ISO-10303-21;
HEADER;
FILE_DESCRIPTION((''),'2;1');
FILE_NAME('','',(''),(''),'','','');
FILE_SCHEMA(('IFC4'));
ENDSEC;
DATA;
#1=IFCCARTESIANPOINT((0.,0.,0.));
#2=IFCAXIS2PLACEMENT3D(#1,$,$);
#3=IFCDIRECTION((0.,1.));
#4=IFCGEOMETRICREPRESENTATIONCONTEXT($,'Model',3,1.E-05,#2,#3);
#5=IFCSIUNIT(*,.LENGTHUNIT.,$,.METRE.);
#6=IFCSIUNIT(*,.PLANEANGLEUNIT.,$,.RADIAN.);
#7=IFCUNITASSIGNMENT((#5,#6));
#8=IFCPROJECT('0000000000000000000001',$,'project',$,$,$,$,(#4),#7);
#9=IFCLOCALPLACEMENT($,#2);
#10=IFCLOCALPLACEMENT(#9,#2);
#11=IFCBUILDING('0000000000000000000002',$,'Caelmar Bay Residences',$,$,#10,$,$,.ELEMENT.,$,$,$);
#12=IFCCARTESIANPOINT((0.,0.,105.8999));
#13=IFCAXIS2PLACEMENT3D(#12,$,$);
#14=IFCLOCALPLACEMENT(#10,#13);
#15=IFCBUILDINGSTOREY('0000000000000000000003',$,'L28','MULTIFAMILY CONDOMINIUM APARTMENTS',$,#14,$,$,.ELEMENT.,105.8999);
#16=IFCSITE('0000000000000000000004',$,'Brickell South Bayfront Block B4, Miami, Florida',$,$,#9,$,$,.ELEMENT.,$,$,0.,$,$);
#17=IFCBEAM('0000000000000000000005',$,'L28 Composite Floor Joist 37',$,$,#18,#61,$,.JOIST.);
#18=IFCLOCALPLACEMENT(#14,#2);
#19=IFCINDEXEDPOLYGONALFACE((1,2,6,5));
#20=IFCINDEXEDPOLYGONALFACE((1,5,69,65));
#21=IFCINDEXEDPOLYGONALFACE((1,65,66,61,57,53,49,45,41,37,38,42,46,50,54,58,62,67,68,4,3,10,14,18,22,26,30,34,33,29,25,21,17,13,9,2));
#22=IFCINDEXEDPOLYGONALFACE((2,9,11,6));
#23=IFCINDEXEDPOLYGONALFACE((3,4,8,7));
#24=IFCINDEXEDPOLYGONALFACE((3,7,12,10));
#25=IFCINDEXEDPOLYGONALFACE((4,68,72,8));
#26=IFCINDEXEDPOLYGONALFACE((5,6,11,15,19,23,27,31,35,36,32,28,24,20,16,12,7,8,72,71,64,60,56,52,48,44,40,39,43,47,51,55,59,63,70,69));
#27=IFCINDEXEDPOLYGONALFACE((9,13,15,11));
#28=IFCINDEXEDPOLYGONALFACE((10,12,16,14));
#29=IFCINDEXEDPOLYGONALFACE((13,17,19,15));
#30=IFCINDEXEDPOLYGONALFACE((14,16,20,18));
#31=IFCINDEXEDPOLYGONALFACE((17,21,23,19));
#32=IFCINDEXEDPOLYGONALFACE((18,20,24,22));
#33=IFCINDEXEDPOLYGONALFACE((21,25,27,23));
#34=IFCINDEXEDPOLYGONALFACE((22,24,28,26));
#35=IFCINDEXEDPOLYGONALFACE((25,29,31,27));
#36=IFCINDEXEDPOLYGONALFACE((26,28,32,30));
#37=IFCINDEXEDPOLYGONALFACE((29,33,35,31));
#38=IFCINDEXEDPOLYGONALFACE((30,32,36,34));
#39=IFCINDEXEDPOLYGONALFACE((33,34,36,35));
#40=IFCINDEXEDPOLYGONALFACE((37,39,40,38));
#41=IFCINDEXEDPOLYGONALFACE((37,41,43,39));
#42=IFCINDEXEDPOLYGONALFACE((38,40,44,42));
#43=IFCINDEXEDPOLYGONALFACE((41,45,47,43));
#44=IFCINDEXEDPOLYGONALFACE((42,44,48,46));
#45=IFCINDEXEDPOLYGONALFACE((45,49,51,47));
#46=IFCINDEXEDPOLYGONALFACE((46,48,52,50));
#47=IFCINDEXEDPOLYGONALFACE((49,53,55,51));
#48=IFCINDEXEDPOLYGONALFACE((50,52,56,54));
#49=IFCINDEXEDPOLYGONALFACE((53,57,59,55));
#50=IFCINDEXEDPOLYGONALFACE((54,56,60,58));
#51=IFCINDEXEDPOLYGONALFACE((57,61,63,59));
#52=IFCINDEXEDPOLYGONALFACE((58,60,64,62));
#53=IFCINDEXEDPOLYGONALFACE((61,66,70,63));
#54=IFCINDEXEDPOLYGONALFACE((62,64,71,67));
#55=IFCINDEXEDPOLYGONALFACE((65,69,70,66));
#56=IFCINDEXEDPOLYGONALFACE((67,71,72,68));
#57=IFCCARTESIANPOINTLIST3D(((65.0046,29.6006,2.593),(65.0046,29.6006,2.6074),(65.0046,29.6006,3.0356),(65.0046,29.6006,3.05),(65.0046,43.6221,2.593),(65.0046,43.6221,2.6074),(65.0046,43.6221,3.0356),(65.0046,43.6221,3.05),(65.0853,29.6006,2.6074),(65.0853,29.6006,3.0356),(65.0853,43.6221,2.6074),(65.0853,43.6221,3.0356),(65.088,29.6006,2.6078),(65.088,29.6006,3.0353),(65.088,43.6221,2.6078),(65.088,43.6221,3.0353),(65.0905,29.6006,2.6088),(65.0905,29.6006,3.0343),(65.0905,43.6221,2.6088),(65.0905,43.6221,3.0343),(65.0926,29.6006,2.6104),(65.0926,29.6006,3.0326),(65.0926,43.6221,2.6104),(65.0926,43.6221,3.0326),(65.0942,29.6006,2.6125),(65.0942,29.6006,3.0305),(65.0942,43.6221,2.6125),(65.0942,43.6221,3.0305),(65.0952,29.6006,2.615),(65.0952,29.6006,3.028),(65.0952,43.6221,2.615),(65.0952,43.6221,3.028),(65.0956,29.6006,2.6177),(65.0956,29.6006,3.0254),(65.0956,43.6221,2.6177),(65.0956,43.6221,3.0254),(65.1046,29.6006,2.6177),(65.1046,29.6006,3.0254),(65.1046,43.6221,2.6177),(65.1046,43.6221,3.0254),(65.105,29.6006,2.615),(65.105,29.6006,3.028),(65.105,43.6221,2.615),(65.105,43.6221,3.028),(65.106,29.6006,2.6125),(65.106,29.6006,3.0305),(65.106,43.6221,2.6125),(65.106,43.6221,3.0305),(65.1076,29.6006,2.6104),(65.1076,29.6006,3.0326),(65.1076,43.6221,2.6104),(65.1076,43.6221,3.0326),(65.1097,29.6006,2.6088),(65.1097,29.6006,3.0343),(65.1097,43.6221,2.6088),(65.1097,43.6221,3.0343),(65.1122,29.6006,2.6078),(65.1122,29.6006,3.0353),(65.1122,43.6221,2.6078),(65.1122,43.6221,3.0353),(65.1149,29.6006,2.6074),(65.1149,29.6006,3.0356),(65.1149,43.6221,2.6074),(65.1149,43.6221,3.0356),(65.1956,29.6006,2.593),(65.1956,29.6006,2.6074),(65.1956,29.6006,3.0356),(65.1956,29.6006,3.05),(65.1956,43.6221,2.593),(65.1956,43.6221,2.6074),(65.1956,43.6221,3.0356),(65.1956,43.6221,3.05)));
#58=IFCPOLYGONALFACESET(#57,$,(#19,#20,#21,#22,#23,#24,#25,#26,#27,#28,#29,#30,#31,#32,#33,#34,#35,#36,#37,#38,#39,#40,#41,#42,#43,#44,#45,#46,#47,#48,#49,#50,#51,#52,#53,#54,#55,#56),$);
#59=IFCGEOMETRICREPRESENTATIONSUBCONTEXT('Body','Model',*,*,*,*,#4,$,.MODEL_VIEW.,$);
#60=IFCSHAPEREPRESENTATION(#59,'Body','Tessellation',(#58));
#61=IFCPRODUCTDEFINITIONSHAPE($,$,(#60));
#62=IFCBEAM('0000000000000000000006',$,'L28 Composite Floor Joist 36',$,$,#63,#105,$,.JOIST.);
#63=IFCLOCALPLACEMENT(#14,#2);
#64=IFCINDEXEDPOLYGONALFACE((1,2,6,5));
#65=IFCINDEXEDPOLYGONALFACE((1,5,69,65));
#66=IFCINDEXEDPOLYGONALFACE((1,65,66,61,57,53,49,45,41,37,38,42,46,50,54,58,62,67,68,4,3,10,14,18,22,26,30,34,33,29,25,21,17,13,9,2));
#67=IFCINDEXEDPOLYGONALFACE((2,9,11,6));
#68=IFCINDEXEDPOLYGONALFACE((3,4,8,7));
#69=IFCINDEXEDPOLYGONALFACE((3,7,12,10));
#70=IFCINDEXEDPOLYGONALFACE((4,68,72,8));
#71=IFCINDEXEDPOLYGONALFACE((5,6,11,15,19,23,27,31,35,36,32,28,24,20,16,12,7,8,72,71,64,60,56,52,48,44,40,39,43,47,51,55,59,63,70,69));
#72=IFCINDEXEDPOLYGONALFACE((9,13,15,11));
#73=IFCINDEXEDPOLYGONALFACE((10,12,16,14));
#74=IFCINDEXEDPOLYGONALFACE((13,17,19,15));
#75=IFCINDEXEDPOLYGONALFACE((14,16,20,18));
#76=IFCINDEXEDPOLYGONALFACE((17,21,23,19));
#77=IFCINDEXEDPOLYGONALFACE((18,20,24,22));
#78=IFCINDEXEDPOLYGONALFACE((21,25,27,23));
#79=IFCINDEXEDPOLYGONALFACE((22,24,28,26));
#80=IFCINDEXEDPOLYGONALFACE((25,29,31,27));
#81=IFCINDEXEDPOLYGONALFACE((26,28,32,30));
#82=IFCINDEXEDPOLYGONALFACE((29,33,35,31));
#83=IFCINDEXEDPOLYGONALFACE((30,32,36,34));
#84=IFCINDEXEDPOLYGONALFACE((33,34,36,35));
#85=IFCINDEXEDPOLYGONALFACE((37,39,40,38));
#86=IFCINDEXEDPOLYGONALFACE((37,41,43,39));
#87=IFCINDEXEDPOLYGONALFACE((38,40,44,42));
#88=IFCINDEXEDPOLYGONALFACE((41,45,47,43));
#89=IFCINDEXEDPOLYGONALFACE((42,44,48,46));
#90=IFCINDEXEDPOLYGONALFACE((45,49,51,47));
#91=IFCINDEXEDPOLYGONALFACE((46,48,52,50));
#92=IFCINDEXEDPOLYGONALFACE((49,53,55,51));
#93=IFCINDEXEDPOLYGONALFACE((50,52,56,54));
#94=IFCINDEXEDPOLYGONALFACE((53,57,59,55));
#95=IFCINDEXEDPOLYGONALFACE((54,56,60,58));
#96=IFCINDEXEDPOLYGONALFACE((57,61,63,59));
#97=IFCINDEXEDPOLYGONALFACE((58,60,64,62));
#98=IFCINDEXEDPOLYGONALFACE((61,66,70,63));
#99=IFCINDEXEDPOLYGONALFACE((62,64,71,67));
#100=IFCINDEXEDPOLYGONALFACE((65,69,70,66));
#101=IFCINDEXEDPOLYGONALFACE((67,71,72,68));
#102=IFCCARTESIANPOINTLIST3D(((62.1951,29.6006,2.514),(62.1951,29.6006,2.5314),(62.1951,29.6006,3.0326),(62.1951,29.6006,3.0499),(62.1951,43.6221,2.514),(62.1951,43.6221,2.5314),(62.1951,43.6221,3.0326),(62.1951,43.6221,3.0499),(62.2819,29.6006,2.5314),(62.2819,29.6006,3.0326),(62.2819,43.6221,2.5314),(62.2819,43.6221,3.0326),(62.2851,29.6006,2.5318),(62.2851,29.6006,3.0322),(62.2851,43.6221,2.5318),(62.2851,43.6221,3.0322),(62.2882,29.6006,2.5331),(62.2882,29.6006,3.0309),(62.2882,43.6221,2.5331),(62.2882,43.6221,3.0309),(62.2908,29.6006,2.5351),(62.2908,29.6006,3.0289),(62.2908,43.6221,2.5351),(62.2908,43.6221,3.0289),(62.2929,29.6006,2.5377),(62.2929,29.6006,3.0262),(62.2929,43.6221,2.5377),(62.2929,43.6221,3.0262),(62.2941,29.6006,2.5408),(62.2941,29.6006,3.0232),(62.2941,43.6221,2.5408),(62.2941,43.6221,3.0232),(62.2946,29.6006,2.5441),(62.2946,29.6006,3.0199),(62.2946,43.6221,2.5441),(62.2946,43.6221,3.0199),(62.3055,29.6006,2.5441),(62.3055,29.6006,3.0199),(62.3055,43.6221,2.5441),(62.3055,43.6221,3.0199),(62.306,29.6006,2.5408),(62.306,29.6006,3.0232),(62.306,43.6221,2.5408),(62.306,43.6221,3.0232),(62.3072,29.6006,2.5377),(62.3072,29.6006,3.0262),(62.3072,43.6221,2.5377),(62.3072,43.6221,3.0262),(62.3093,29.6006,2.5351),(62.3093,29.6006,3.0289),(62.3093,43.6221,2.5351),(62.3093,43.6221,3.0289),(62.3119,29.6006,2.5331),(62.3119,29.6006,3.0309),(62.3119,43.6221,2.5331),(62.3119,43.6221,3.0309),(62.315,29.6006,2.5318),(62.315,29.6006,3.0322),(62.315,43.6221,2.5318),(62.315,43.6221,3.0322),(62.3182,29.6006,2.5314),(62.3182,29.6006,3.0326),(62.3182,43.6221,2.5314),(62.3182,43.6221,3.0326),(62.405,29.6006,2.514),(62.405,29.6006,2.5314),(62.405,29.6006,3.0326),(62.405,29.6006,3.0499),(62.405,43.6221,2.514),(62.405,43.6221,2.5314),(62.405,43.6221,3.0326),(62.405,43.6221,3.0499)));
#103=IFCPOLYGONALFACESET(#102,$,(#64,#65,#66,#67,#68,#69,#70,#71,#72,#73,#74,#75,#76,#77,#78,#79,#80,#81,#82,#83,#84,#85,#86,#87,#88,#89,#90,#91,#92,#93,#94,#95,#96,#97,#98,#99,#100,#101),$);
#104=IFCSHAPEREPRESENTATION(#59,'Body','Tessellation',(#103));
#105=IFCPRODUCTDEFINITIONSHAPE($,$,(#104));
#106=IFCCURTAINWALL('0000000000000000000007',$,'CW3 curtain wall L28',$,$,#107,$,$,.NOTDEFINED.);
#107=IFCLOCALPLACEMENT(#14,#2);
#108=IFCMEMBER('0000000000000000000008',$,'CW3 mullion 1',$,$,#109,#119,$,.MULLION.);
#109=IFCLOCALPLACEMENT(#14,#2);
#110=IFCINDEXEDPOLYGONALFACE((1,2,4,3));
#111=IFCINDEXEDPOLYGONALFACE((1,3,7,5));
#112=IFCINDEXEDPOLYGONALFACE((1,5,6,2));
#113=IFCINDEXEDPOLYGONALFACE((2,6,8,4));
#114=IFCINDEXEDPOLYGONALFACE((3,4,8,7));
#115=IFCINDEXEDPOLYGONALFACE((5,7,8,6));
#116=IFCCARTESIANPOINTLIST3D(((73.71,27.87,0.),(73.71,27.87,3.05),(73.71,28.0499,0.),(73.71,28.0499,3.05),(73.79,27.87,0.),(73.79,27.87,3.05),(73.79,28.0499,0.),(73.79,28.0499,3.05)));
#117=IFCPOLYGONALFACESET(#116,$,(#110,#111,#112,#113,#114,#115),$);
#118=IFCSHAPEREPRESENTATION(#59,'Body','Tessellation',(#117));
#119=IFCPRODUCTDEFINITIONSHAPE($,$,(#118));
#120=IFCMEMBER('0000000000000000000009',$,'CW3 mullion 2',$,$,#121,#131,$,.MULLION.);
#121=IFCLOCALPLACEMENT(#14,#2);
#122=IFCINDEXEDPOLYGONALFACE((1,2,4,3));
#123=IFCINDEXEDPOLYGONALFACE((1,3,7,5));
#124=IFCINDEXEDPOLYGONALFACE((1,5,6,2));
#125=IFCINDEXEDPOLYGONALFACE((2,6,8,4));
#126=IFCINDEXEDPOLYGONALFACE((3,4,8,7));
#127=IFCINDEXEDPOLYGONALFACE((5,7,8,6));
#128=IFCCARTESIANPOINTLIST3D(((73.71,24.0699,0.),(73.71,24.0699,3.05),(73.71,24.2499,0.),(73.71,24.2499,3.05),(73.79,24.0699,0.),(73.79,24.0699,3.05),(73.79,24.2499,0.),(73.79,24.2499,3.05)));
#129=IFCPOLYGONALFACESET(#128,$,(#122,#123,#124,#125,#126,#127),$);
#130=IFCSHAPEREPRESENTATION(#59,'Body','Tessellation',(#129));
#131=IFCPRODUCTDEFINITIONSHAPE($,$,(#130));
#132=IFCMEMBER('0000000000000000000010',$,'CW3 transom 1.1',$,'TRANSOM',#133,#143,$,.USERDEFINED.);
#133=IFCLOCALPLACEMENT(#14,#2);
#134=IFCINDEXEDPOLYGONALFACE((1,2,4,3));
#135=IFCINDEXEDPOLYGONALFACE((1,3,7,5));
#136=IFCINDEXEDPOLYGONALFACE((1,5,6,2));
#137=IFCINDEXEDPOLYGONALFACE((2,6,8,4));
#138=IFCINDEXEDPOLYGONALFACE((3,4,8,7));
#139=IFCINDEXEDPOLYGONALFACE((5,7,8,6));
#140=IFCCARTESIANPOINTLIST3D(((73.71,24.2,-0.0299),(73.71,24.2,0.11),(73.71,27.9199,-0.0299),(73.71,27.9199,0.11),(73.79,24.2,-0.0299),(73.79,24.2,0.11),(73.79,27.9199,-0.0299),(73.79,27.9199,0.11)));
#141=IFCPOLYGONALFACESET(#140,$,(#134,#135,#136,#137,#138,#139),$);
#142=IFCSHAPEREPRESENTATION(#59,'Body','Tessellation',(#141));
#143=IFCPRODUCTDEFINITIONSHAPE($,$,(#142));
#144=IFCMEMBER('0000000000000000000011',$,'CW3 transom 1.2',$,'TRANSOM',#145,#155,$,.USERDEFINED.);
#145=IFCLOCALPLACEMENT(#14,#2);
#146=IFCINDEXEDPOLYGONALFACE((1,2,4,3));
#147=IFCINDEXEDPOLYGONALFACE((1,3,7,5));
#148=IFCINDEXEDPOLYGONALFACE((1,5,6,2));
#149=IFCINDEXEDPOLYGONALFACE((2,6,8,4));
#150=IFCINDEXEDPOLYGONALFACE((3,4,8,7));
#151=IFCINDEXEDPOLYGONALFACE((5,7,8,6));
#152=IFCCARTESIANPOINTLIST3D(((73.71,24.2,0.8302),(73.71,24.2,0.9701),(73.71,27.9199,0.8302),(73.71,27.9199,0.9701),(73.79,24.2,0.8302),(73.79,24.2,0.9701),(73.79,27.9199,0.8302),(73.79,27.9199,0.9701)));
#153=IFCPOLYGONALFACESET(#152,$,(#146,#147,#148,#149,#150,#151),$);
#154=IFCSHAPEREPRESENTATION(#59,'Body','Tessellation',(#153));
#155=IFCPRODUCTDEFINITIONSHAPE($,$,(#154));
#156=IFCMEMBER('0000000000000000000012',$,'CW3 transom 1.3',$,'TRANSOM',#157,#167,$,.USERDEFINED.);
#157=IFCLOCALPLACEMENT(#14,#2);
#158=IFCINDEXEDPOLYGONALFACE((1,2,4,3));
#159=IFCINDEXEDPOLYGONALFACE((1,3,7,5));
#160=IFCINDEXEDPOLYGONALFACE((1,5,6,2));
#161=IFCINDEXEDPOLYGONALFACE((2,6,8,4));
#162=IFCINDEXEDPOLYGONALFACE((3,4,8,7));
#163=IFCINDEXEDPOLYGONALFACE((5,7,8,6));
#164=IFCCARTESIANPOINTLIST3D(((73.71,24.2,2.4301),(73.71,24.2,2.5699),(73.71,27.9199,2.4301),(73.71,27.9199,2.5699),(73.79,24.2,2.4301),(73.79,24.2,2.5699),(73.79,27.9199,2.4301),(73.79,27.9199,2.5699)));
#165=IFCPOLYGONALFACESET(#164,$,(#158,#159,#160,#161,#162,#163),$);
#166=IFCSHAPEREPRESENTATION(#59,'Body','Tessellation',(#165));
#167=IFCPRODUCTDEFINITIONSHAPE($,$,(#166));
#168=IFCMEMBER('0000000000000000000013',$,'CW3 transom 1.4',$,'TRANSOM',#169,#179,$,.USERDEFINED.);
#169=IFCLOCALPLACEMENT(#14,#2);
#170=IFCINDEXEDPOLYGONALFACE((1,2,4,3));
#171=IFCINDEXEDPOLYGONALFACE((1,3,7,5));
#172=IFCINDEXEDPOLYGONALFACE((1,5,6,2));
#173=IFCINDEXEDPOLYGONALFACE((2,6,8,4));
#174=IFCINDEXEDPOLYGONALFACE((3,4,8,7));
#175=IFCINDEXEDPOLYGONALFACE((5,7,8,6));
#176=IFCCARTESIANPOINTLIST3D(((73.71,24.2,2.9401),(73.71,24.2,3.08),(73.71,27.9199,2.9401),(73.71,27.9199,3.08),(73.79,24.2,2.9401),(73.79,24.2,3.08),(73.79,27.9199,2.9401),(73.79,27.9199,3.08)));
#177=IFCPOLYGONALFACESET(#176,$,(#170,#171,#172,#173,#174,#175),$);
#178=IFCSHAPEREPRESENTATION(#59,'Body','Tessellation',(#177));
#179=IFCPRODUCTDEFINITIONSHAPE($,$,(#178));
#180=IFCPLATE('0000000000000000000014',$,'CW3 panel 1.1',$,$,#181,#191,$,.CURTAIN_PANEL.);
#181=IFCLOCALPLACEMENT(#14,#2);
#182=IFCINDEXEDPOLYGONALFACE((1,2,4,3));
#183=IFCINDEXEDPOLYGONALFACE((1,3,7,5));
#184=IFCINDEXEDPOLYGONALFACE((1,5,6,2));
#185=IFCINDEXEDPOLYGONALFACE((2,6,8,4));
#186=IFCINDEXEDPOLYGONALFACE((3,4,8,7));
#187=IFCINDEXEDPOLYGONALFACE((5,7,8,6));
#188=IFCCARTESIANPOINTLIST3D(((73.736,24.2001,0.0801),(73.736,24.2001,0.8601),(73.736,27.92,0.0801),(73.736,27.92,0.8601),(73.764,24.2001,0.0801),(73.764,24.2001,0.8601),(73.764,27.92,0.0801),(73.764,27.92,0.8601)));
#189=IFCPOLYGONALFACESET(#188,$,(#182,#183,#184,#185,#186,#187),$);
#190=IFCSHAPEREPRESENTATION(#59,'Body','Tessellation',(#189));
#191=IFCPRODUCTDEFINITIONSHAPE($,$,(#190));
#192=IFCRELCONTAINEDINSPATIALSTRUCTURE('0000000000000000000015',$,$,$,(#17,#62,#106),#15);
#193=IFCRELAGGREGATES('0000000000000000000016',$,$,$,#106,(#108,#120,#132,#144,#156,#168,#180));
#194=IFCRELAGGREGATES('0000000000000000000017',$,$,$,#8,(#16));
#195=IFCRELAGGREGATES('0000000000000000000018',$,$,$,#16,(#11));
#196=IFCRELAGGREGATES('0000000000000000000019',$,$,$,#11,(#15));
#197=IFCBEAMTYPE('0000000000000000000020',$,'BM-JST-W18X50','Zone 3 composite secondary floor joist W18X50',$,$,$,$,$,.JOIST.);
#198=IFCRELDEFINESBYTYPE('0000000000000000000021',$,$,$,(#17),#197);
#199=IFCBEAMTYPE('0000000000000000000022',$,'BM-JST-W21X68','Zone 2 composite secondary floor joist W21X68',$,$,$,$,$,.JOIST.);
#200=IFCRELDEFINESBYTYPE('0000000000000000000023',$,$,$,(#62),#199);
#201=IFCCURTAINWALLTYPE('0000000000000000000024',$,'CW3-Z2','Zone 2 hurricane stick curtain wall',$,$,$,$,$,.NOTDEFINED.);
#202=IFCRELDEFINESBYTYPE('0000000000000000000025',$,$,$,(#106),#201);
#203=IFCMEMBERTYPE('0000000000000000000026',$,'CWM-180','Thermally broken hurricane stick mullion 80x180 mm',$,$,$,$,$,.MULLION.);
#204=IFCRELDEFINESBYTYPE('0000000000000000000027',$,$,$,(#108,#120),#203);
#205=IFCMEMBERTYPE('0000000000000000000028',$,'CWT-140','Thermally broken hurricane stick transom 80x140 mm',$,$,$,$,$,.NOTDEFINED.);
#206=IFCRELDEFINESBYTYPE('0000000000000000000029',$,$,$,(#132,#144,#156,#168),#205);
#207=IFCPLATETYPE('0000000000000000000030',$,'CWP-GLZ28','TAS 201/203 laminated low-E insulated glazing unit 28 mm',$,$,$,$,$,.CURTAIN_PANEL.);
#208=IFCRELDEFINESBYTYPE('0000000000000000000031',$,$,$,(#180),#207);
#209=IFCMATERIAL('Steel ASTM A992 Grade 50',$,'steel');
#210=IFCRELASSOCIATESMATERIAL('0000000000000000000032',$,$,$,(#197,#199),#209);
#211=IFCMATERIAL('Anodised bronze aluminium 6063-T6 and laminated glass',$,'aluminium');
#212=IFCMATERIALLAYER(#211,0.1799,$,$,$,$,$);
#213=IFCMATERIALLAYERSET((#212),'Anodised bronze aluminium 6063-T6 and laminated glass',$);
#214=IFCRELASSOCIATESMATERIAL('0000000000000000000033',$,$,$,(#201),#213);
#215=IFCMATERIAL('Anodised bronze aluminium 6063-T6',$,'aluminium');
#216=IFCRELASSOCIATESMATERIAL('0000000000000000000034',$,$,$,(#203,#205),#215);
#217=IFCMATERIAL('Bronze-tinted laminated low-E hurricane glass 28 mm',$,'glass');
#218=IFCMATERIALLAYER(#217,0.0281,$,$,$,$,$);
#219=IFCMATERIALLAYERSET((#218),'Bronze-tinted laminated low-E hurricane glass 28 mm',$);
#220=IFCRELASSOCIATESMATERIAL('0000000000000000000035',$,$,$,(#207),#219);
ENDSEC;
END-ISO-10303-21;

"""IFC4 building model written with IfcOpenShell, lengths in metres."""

from ifc_helpers import new_model, si_unit, direction, frame, origin, origin_2d, place, context, subcontext, project, spatial, rectangle, i_section, extrude, material, layer, layer_set, material_profile, profile_set, type_object, element, aggregate, save


model = new_model("IFC4")

# Units and contexts
model_context = context("Model", 3, precision=1e-05, world=origin(), true_north=direction((0.0, 1.0)))
body_context = subcontext(model_context, "Body", "Model", "MODEL_VIEW")
ifc_project = project(units=[si_unit("LENGTHUNIT", "METRE"), si_unit("PLANEANGLEUNIT", "RADIAN")], contexts=[model_context])

# Site, building, storey
site_placement = place(None, origin())
site = spatial("IfcSite", under=ifc_project, at=site_placement, Name="Brickell South Bayfront Block B4, Miami, Florida", CompositionType="ELEMENT", RefElevation=0.0)
building_placement = place(site_placement, origin())
building = spatial("IfcBuilding", under=site, at=building_placement, Name="Caelmar Bay Residences", CompositionType="ELEMENT")
storey_placement = place(building_placement, frame((0.0, 0.0, 105.8999)))
storey = spatial("IfcBuildingStorey", under=building, at=storey_placement, Name="L28", Description="MULTIFAMILY CONDOMINIUM APARTMENTS", CompositionType="ELEMENT", Elevation=105.8999)

# Beams
ifc_material_1 = material(Name="Steel ASTM A992 Grade 50", Category="steel")
ifc_material_profile_1 = material_profile(ifc_material_1, i_section(OverallWidth=0.1909, OverallDepth=0.457, WebThickness=0.009, FlangeThickness=0.0144, FilletRadius=0.0103, at=origin_2d()), Name="W18X50")
ifc_profile_set_1 = profile_set([ifc_material_profile_1], Name="Steel ASTM A992 Grade 50")
beam_type_1 = type_object("IfcBeamType", Name="BM-JST-W18X50", Description="Zone 3 composite secondary floor joist W18X50", PredefinedType="JOIST", material=ifc_profile_set_1)
beam_1_placement = place(storey_placement, frame((65.1001, 29.6006, 2.8215), z_axis=(0.0, 1.0, 0.0), x_axis=(-1.0, 0.0, 0.0)))
element("IfcBeam", 1, at=beam_1_placement, inside=storey, type_object=beam_type_1, Name="L28 Composite Floor Joist 37", PredefinedType="JOIST", context=body_context, shape_type="SweptSolid", body=[
    extrude(i_section(OverallWidth=0.1909, OverallDepth=0.457, WebThickness=0.009, FlangeThickness=0.0144, FilletRadius=0.0103, at=origin_2d()), origin(), (0.0, 0.0, 1.0), 14.0215),
])
ifc_material_profile_2 = material_profile(ifc_material_1, i_section(OverallWidth=0.21, OverallDepth=0.5359, WebThickness=0.011, FlangeThickness=0.0173, FilletRadius=0.0127, at=origin_2d()), Name="W21X68")
ifc_profile_set_2 = profile_set([ifc_material_profile_2], Name="Steel ASTM A992 Grade 50")
beam_type_2 = type_object("IfcBeamType", Name="BM-JST-W21X68", Description="Zone 2 composite secondary floor joist W21X68", PredefinedType="JOIST", material=ifc_profile_set_2)
beam_2_placement = place(storey_placement, frame((62.3, 29.6006, 2.782), z_axis=(0.0, 1.0, 0.0), x_axis=(-1.0, 0.0, 0.0)))
element("IfcBeam", 2, at=beam_2_placement, inside=storey, type_object=beam_type_2, Name="L28 Composite Floor Joist 36", PredefinedType="JOIST", context=body_context, shape_type="SweptSolid", body=[
    extrude(i_section(OverallWidth=0.21, OverallDepth=0.5359, WebThickness=0.011, FlangeThickness=0.0173, FilletRadius=0.0127, at=origin_2d()), origin(), (0.0, 0.0, 1.0), 14.0215),
])

# Curtain wall, members, plate
ifc_material_2 = material(Name="Anodised bronze aluminium 6063-T6 and laminated glass", Category="aluminium")
ifc_layer_1 = layer(ifc_material_2, 0.1799)
ifc_layer_set_1 = layer_set([ifc_layer_1], Name="Anodised bronze aluminium 6063-T6 and laminated glass")
curtain_wall_type = type_object("IfcCurtainWallType", Name="CW3-Z2", Description="Zone 2 hurricane stick curtain wall", PredefinedType="NOTDEFINED", material=ifc_layer_set_1)
curtain_wall_placement = place(storey_placement, origin())
curtain_wall = element("IfcCurtainWall", 3, at=curtain_wall_placement, inside=storey, type_object=curtain_wall_type, Name="CW3 curtain wall L28", PredefinedType="NOTDEFINED")
ifc_material_3 = material(Name="Anodised bronze aluminium 6063-T6", Category="aluminium")
ifc_material_profile_3 = material_profile(ifc_material_3, rectangle(XDim=0.0801, YDim=0.1799, at=origin_2d()), Name="CWM-80X180")
ifc_profile_set_3 = profile_set([ifc_material_profile_3], Name="Anodised bronze aluminium 6063-T6")
member_type_1 = type_object("IfcMemberType", Name="CWM-180", Description="Thermally broken hurricane stick mullion 80x180 mm", PredefinedType="MULLION", material=ifc_profile_set_3)
member_1_placement = place(storey_placement, frame((73.75, 27.96, 0.0), z_axis=(0.0, 0.0, 1.0), x_axis=(1.0, 0.0, 0.0)))
member_1 = element("IfcMember", 4, at=member_1_placement, type_object=member_type_1, Name="CW3 mullion 1", PredefinedType="MULLION", context=body_context, shape_type="SweptSolid", body=[
    extrude(rectangle(XDim=0.0801, YDim=0.1799, at=origin_2d()), origin(), (0.0, 0.0, 1.0), 3.05),
])
member_2_placement = place(storey_placement, frame((73.75, 24.1599, 0.0), z_axis=(0.0, 0.0, 1.0), x_axis=(1.0, 0.0, 0.0)))
member_2 = element("IfcMember", 5, at=member_2_placement, type_object=member_type_1, Name="CW3 mullion 2", PredefinedType="MULLION", context=body_context, shape_type="SweptSolid", body=[
    extrude(rectangle(XDim=0.0801, YDim=0.1799, at=origin_2d()), origin(), (0.0, 0.0, 1.0), 3.05),
])
ifc_material_profile_4 = material_profile(ifc_material_3, rectangle(XDim=0.0801, YDim=0.1399, at=origin_2d()), Name="CWT-80X140")
ifc_profile_set_4 = profile_set([ifc_material_profile_4], Name="Anodised bronze aluminium 6063-T6")
member_type_2 = type_object("IfcMemberType", Name="CWT-140", Description="Thermally broken hurricane stick transom 80x140 mm", PredefinedType="NOTDEFINED", material=ifc_profile_set_4)
member_3_placement = place(storey_placement, frame((73.75, 27.9199, 0.04), z_axis=(0.0, -1.0, 0.0), x_axis=(1.0, 0.0, 0.0)))
member_3 = element("IfcMember", 6, at=member_3_placement, type_object=member_type_2, Name="CW3 transom 1.1", ObjectType="TRANSOM", PredefinedType="USERDEFINED", context=body_context, shape_type="SweptSolid", body=[
    extrude(rectangle(XDim=0.0801, YDim=0.1399, at=origin_2d()), origin(), (0.0, 0.0, 1.0), 3.72),
])
member_4_placement = place(storey_placement, frame((73.75, 27.9199, 0.9001), z_axis=(0.0, -1.0, 0.0), x_axis=(1.0, 0.0, 0.0)))
member_4 = element("IfcMember", 7, at=member_4_placement, type_object=member_type_2, Name="CW3 transom 1.2", ObjectType="TRANSOM", PredefinedType="USERDEFINED", context=body_context, shape_type="SweptSolid", body=[
    extrude(rectangle(XDim=0.0801, YDim=0.1399, at=origin_2d()), origin(), (0.0, 0.0, 1.0), 3.72),
])
member_5_placement = place(storey_placement, frame((73.75, 27.9199, 2.5), z_axis=(0.0, -1.0, 0.0), x_axis=(1.0, 0.0, 0.0)))
member_5 = element("IfcMember", 8, at=member_5_placement, type_object=member_type_2, Name="CW3 transom 1.3", ObjectType="TRANSOM", PredefinedType="USERDEFINED", context=body_context, shape_type="SweptSolid", body=[
    extrude(rectangle(XDim=0.0801, YDim=0.1399, at=origin_2d()), origin(), (0.0, 0.0, 1.0), 3.72),
])
member_6_placement = place(storey_placement, frame((73.75, 27.9199, 3.01), z_axis=(0.0, -1.0, 0.0), x_axis=(1.0, 0.0, 0.0)))
member_6 = element("IfcMember", 9, at=member_6_placement, type_object=member_type_2, Name="CW3 transom 1.4", ObjectType="TRANSOM", PredefinedType="USERDEFINED", context=body_context, shape_type="SweptSolid", body=[
    extrude(rectangle(XDim=0.0801, YDim=0.1399, at=origin_2d()), origin(), (0.0, 0.0, 1.0), 3.72),
])
ifc_material_4 = material(Name="Bronze-tinted laminated low-E hurricane glass 28 mm", Category="glass")
ifc_layer_2 = layer(ifc_material_4, 0.0281)
ifc_layer_set_2 = layer_set([ifc_layer_2], Name="Bronze-tinted laminated low-E hurricane glass 28 mm")
plate_type = type_object("IfcPlateType", Name="CWP-GLZ28", Description="TAS 201/203 laminated low-E insulated glazing unit 28 mm", PredefinedType="CURTAIN_PANEL", material=ifc_layer_set_2)
plate_1_placement = place(storey_placement, frame((73.75, 26.0601, 0.0801), z_axis=(0.0, 0.0, 1.0), x_axis=(0.0, -1.0, 0.0)))
plate_1 = element("IfcPlate", 10, at=plate_1_placement, type_object=plate_type, Name="CW3 panel 1.1", PredefinedType="CURTAIN_PANEL", context=body_context, shape_type="SweptSolid", body=[
    extrude(rectangle(XDim=3.72, YDim=0.0281, at=origin_2d()), origin(), (0.0, 0.0, 1.0), 0.78),
])
aggregate(curtain_wall, [member_1, member_2, member_3, member_4, member_5, member_6, plate_1])

save(model, "model.ifc")
